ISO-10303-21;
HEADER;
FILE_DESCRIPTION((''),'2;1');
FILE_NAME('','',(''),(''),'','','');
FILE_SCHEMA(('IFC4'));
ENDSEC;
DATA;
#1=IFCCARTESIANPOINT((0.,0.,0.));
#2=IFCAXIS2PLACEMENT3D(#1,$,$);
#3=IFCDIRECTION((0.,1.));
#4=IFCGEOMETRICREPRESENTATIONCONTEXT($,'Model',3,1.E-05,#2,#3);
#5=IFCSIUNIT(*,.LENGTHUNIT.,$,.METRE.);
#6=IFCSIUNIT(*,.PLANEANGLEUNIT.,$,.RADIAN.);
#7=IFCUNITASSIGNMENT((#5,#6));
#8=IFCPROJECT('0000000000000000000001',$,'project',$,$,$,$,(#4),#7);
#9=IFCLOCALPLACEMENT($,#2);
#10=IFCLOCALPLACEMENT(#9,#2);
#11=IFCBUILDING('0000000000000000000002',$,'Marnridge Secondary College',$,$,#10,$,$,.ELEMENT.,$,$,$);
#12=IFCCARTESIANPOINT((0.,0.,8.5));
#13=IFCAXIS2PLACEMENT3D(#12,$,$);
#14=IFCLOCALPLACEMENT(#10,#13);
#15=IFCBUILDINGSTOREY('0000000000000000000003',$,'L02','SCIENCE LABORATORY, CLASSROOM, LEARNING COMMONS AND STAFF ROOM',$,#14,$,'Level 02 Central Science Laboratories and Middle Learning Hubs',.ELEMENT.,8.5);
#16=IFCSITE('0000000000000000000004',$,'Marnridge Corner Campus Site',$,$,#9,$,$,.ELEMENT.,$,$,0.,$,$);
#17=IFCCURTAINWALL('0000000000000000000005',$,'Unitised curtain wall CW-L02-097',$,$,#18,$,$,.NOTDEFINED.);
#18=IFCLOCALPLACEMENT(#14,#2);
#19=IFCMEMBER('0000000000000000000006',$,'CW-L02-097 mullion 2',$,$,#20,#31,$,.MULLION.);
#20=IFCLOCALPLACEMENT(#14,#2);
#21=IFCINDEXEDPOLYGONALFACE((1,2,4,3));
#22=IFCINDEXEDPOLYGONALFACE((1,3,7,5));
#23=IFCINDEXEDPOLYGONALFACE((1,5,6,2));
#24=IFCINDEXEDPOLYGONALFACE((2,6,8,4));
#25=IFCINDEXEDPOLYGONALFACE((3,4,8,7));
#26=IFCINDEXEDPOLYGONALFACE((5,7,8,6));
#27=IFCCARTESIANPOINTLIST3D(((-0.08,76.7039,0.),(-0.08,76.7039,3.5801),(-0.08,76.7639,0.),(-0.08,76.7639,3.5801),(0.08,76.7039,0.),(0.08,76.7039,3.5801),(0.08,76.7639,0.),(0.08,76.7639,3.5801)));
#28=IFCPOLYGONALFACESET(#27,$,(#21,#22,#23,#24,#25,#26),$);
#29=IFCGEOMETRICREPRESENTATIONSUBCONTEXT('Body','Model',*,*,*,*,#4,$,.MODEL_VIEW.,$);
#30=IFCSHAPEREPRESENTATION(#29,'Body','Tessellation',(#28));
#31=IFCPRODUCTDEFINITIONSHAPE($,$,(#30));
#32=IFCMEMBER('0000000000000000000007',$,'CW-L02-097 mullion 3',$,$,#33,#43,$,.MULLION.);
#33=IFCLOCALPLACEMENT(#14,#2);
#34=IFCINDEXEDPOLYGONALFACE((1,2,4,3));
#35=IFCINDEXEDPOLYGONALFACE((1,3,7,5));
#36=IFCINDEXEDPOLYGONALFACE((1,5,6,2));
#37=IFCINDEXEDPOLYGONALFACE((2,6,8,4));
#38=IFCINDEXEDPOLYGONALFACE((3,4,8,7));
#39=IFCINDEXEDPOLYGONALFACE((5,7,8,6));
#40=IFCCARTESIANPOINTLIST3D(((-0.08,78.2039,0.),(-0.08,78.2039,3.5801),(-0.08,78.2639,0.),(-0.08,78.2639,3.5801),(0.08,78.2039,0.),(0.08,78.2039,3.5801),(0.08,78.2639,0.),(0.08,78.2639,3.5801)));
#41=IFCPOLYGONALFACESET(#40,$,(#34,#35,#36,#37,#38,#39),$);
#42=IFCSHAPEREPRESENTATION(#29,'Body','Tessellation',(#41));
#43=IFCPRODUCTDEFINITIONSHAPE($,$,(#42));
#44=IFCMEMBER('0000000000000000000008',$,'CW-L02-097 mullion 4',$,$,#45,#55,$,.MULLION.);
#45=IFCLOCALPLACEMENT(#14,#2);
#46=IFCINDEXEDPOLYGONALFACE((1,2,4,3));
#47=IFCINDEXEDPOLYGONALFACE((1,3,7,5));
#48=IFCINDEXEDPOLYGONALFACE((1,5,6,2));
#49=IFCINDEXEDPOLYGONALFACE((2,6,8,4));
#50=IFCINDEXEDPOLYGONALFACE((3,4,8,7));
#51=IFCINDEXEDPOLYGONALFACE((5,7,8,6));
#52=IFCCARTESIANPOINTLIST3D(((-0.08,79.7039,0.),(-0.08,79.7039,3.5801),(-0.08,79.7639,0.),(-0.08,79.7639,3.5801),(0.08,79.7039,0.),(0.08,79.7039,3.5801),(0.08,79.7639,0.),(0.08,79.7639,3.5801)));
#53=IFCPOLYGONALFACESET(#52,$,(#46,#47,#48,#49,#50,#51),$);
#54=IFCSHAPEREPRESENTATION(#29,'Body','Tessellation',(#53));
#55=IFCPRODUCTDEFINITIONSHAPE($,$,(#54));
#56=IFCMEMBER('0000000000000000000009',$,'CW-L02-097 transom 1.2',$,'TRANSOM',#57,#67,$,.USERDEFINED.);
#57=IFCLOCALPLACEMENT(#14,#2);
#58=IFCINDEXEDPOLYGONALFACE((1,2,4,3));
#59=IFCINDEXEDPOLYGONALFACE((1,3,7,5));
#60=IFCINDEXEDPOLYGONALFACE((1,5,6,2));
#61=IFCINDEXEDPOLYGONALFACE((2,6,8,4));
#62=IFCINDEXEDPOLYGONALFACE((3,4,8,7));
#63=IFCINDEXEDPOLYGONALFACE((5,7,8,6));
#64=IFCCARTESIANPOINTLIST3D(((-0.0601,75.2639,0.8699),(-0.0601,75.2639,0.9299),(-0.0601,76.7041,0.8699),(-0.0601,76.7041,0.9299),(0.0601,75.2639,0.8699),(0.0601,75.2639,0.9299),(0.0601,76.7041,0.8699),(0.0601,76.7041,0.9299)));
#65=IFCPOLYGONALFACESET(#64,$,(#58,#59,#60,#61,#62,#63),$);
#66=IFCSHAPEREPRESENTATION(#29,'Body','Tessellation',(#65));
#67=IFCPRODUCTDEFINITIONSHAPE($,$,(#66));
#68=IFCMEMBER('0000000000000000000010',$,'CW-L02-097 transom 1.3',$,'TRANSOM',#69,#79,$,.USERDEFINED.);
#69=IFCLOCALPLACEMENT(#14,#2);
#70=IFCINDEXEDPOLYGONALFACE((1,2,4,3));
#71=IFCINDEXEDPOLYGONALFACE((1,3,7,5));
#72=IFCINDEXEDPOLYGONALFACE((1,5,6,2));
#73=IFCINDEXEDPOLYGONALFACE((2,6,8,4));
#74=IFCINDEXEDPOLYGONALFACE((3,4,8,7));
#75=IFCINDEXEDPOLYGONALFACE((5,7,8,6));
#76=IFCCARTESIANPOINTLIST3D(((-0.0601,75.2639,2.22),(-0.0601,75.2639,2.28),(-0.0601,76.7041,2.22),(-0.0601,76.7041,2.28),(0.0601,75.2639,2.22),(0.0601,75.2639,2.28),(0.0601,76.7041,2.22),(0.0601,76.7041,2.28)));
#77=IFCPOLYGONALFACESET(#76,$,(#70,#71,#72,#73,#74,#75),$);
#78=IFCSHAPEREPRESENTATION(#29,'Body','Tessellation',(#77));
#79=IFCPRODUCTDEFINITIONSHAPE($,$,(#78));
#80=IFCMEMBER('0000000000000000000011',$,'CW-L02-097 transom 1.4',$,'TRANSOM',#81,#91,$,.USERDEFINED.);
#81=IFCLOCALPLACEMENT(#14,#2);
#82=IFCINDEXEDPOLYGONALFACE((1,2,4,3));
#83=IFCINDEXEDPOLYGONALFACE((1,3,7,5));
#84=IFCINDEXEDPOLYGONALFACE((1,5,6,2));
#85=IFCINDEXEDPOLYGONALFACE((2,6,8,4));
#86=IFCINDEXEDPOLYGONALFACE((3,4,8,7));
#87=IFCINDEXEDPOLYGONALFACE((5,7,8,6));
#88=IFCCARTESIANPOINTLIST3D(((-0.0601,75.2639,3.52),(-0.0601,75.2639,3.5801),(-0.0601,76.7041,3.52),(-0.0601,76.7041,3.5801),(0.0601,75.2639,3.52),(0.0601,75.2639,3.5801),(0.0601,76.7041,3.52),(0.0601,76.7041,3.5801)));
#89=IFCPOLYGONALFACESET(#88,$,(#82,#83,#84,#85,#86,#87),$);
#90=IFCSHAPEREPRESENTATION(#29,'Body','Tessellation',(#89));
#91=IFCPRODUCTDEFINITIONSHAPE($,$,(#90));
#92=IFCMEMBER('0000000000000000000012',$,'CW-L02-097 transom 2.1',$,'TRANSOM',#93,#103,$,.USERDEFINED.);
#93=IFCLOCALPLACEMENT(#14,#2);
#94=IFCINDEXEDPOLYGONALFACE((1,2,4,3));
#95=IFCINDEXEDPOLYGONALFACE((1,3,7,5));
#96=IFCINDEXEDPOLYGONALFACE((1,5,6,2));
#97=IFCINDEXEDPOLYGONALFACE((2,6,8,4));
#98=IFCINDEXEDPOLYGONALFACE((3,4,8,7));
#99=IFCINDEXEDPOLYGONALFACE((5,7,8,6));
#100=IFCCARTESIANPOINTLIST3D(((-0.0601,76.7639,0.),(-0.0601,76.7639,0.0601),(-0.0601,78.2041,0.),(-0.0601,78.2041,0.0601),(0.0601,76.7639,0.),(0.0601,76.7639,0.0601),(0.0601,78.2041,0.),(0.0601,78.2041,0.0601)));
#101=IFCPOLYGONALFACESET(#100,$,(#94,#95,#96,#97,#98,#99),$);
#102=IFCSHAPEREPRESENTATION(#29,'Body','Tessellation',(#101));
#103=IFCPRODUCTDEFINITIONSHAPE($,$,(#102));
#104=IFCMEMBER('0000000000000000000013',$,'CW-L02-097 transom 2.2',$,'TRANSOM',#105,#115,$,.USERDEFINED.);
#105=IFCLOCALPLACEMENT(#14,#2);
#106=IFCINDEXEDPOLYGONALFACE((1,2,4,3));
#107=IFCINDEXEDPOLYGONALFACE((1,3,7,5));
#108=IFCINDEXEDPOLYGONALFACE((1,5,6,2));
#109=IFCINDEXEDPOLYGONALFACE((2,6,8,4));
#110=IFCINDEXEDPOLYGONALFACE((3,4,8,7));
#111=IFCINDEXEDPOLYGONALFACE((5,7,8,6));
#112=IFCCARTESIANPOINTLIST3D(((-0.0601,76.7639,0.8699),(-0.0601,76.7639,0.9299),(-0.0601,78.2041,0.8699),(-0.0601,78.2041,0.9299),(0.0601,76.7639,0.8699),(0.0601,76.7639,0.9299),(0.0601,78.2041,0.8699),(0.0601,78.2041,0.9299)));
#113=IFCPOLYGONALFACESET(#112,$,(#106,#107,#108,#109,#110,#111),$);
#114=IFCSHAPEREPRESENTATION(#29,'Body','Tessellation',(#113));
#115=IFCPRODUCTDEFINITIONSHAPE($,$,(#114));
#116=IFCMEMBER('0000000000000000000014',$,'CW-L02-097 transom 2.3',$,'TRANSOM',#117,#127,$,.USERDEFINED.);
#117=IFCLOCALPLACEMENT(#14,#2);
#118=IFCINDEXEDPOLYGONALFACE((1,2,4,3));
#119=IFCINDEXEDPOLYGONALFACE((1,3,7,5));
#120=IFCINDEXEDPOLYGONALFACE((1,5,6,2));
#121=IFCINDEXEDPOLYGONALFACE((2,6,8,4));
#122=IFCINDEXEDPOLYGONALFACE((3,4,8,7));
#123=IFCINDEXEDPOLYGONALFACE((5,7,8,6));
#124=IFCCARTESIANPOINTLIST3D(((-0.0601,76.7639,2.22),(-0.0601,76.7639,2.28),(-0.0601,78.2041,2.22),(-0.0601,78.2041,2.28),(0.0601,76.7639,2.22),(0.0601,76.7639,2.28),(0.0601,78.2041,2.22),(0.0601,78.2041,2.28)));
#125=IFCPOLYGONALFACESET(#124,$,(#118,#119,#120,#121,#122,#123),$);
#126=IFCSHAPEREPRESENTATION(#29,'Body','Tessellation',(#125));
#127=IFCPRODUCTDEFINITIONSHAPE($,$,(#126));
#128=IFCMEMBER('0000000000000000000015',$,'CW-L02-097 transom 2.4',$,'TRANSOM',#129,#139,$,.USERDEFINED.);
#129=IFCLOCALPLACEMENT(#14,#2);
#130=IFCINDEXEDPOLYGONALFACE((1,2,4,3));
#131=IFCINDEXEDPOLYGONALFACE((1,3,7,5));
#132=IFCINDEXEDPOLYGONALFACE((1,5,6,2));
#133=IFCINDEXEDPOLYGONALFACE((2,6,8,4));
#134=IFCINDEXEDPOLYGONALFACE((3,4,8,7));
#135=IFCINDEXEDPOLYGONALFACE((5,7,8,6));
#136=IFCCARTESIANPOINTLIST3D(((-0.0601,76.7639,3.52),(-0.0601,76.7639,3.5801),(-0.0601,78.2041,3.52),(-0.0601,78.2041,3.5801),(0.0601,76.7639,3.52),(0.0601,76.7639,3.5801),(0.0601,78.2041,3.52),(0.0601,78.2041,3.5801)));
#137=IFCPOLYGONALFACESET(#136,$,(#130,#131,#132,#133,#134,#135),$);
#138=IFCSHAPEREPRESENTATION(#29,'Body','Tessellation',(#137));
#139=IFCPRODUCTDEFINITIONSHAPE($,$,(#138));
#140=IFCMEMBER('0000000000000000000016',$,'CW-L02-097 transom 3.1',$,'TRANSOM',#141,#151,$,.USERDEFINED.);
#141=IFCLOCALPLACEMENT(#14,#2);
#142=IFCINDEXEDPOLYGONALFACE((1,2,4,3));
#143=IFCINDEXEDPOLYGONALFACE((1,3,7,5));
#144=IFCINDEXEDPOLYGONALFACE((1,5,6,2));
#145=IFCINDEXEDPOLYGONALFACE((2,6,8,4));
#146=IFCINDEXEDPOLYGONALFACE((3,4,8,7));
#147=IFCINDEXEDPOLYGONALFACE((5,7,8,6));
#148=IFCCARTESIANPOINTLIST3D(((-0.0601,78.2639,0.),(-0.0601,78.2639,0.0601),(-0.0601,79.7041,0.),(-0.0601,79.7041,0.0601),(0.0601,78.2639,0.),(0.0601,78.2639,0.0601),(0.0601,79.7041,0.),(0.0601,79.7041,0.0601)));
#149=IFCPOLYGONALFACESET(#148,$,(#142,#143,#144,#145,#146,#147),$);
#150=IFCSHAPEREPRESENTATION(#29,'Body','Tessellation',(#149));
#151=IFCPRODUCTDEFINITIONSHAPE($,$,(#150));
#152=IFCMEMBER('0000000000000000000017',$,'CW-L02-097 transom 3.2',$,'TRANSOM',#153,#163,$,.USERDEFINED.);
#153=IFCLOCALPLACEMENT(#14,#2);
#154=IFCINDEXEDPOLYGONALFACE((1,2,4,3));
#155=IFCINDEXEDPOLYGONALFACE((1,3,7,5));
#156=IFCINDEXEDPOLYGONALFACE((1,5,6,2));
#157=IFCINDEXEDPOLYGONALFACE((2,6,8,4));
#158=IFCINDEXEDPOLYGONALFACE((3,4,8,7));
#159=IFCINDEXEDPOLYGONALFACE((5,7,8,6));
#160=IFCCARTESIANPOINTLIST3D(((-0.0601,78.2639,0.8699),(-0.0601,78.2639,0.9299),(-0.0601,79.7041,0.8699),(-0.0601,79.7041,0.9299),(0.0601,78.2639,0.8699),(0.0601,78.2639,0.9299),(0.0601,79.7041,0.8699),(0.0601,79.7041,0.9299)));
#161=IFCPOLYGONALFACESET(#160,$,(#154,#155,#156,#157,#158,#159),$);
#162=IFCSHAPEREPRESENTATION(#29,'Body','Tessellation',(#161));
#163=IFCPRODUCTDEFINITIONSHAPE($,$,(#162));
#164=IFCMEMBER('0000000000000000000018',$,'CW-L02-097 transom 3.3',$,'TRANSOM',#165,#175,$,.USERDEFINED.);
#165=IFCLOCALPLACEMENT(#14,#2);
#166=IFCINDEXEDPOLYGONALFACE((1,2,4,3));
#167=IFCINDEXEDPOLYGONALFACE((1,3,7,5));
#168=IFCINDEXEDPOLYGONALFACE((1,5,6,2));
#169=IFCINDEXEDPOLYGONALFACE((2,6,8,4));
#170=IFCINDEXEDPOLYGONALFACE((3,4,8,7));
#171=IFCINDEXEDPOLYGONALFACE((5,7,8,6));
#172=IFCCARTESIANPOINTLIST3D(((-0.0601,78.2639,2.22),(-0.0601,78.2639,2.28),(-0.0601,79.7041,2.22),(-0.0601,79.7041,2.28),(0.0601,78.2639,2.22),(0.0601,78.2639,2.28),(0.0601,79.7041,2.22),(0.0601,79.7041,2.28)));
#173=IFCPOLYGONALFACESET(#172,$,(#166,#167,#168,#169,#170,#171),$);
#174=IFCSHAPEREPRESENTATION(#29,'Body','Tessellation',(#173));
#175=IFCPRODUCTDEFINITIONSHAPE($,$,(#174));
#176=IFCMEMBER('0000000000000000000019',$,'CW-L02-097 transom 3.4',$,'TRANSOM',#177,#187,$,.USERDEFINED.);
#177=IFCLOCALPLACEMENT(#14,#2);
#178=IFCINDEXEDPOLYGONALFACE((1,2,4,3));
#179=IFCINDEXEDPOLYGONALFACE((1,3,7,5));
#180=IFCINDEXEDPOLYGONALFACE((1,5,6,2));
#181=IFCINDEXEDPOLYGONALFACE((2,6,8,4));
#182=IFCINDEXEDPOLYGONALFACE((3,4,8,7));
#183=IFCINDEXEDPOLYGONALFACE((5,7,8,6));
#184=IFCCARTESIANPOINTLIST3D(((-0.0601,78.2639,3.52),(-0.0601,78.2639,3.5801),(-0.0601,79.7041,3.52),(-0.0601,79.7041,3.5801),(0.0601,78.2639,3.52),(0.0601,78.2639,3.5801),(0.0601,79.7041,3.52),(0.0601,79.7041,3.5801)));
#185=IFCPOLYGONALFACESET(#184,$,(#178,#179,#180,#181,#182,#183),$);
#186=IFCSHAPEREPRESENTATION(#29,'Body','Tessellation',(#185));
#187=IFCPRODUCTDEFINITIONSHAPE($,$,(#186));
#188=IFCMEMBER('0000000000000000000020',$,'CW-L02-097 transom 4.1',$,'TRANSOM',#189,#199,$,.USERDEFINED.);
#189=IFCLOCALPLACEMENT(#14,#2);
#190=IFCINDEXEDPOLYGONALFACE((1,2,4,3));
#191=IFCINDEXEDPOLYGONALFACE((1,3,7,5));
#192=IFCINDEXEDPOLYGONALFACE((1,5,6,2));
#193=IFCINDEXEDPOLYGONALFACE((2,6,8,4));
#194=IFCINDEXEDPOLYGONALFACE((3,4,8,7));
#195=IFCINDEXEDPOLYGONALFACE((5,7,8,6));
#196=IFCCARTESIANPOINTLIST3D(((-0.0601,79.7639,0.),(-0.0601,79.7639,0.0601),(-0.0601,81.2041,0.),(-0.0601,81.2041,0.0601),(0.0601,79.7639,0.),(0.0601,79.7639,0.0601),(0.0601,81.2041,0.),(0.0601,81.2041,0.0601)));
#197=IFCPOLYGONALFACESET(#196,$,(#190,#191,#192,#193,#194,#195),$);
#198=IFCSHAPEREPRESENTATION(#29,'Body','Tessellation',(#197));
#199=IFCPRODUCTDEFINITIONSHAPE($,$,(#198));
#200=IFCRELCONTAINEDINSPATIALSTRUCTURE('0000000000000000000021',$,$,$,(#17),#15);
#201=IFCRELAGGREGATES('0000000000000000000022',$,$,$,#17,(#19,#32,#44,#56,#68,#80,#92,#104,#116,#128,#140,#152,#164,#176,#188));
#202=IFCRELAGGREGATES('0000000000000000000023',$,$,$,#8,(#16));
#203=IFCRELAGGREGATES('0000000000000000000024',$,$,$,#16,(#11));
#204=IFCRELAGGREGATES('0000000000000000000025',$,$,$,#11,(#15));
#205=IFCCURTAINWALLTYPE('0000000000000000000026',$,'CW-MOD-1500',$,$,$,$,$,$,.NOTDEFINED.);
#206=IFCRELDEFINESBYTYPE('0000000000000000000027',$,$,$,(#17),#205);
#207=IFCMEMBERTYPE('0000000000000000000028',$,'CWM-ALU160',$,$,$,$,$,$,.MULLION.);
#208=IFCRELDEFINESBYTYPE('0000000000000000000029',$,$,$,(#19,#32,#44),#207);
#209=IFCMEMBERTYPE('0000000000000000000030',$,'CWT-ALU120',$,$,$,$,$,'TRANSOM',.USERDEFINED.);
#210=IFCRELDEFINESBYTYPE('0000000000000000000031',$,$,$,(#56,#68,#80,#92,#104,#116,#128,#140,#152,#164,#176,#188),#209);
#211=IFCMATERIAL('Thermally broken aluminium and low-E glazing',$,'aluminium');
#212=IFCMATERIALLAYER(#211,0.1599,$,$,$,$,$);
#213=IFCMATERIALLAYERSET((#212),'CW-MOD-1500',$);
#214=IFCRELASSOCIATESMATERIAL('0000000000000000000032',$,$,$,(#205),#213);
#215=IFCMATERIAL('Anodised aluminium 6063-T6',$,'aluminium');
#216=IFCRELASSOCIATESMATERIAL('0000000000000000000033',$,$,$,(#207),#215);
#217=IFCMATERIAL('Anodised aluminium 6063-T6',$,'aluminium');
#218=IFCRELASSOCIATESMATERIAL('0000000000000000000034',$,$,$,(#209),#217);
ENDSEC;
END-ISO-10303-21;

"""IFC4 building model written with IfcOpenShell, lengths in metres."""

from ifc_helpers import new_model, si_unit, direction, frame, origin, origin_2d, place, context, subcontext, project, spatial, rectangle, extrude, material, layer, layer_set, material_profile, profile_set, type_object, element, aggregate, save


model = new_model("IFC4")

# Units and contexts
model_context = context("Model", 3, precision=1e-05, world=origin(), true_north=direction((0.0, 1.0)))
body_context = subcontext(model_context, "Body", "Model", "MODEL_VIEW")
ifc_project = project(units=[si_unit("LENGTHUNIT", "METRE"), si_unit("PLANEANGLEUNIT", "RADIAN")], contexts=[model_context])

# Site, building, storey
site_placement = place(None, origin())
site = spatial("IfcSite", under=ifc_project, at=site_placement, Name="Marnridge Corner Campus Site", CompositionType="ELEMENT", RefElevation=0.0)
building_placement = place(site_placement, origin())
building = spatial("IfcBuilding", under=site, at=building_placement, Name="Marnridge Secondary College", CompositionType="ELEMENT")
storey_placement = place(building_placement, frame((0.0, 0.0, 8.5)))
storey = spatial("IfcBuildingStorey", under=building, at=storey_placement, Name="L02", Description="SCIENCE LABORATORY, CLASSROOM, LEARNING COMMONS AND STAFF ROOM", LongName="Level 02 Central Science Laboratories and Middle Learning Hubs", CompositionType="ELEMENT", Elevation=8.5)

# Curtain wall, members
ifc_material_1 = material(Name="Thermally broken aluminium and low-E glazing", Category="aluminium")
ifc_layer_1 = layer(ifc_material_1, 0.1599)
ifc_layer_set_1 = layer_set([ifc_layer_1], Name="CW-MOD-1500")
curtain_wall_type = type_object("IfcCurtainWallType", Name="CW-MOD-1500", PredefinedType="NOTDEFINED", material=ifc_layer_set_1)
curtain_wall_placement = place(storey_placement, origin())
curtain_wall = element("IfcCurtainWall", 1, at=curtain_wall_placement, inside=storey, type_object=curtain_wall_type, Name="Unitised curtain wall CW-L02-097", PredefinedType="NOTDEFINED")
ifc_material_2 = material(Name="Anodised aluminium 6063-T6", Category="aluminium")
ifc_material_profile_1 = material_profile(ifc_material_2, rectangle(XDim=0.0601, YDim=0.1599, at=origin_2d()), Name="ALU 60x160")
ifc_profile_set_1 = profile_set([ifc_material_profile_1], Name="Anodised aluminium 6063-T6")
member_type_1 = type_object("IfcMemberType", Name="CWM-ALU160", PredefinedType="MULLION", material=ifc_profile_set_1)
member_1_placement = place(storey_placement, frame((0.0, 76.7339, 0.0), z_axis=(0.0, 0.0, 1.0), x_axis=(0.0, 1.0, 0.0)))
member_1 = element("IfcMember", 2, at=member_1_placement, type_object=member_type_1, Name="CW-L02-097 mullion 2", PredefinedType="MULLION", context=body_context, shape_type="SweptSolid", body=[
    extrude(rectangle(XDim=0.0601, YDim=0.1599, at=origin_2d()), origin(), (0.0, 0.0, 1.0), 3.5801),
])
member_2_placement = place(storey_placement, frame((0.0, 78.2339, 0.0), z_axis=(0.0, 0.0, 1.0), x_axis=(0.0, 1.0, 0.0)))
member_2 = element("IfcMember", 3, at=member_2_placement, type_object=member_type_1, Name="CW-L02-097 mullion 3", PredefinedType="MULLION", context=body_context, shape_type="SweptSolid", body=[
    extrude(rectangle(XDim=0.0601, YDim=0.1599, at=origin_2d()), origin(), (0.0, 0.0, 1.0), 3.5801),
])
member_3_placement = place(storey_placement, frame((0.0, 79.7339, 0.0), z_axis=(0.0, 0.0, 1.0), x_axis=(0.0, 1.0, 0.0)))
member_3 = element("IfcMember", 4, at=member_3_placement, type_object=member_type_1, Name="CW-L02-097 mullion 4", PredefinedType="MULLION", context=body_context, shape_type="SweptSolid", body=[
    extrude(rectangle(XDim=0.0601, YDim=0.1599, at=origin_2d()), origin(), (0.0, 0.0, 1.0), 3.5801),
])
ifc_material_3 = material(Name="Anodised aluminium 6063-T6", Category="aluminium")
ifc_material_profile_2 = material_profile(ifc_material_3, rectangle(XDim=0.0601, YDim=0.1201, at=origin_2d()), Name="ALU 60x120")
ifc_profile_set_2 = profile_set([ifc_material_profile_2], Name="Anodised aluminium 6063-T6")
member_type_2 = type_object("IfcMemberType", Name="CWT-ALU120", ElementType="TRANSOM", PredefinedType="USERDEFINED", material=ifc_profile_set_2)
member_4_placement = place(storey_placement, frame((0.0, 75.2639, 0.8999), z_axis=(0.0, 1.0, 0.0), x_axis=(0.0, 0.0, 1.0)))
member_4 = element("IfcMember", 5, at=member_4_placement, type_object=member_type_2, Name="CW-L02-097 transom 1.2", ObjectType="TRANSOM", PredefinedType="USERDEFINED", context=body_context, shape_type="SweptSolid", body=[
    extrude(rectangle(XDim=0.0601, YDim=0.1201, at=origin_2d()), origin(), (0.0, 0.0, 1.0), 1.4402),
])
member_5_placement = place(storey_placement, frame((0.0, 75.2639, 2.25), z_axis=(0.0, 1.0, 0.0), x_axis=(0.0, 0.0, 1.0)))
member_5 = element("IfcMember", 6, at=member_5_placement, type_object=member_type_2, Name="CW-L02-097 transom 1.3", ObjectType="TRANSOM", PredefinedType="USERDEFINED", context=body_context, shape_type="SweptSolid", body=[
    extrude(rectangle(XDim=0.0601, YDim=0.1201, at=origin_2d()), origin(), (0.0, 0.0, 1.0), 1.4402),
])
member_6_placement = place(storey_placement, frame((0.0, 75.2639, 3.55), z_axis=(0.0, 1.0, 0.0), x_axis=(0.0, 0.0, 1.0)))
member_6 = element("IfcMember", 7, at=member_6_placement, type_object=member_type_2, Name="CW-L02-097 transom 1.4", ObjectType="TRANSOM", PredefinedType="USERDEFINED", context=body_context, shape_type="SweptSolid", body=[
    extrude(rectangle(XDim=0.0601, YDim=0.1201, at=origin_2d()), origin(), (0.0, 0.0, 1.0), 1.4402),
])
member_7_placement = place(storey_placement, frame((0.0, 76.7639, 0.03), z_axis=(0.0, 1.0, 0.0), x_axis=(0.0, 0.0, 1.0)))
member_7 = element("IfcMember", 8, at=member_7_placement, type_object=member_type_2, Name="CW-L02-097 transom 2.1", ObjectType="TRANSOM", PredefinedType="USERDEFINED", context=body_context, shape_type="SweptSolid", body=[
    extrude(rectangle(XDim=0.0601, YDim=0.1201, at=origin_2d()), origin(), (0.0, 0.0, 1.0), 1.4402),
])
member_8_placement = place(storey_placement, frame((0.0, 76.7639, 0.8999), z_axis=(0.0, 1.0, 0.0), x_axis=(0.0, 0.0, 1.0)))
member_8 = element("IfcMember", 9, at=member_8_placement, type_object=member_type_2, Name="CW-L02-097 transom 2.2", ObjectType="TRANSOM", PredefinedType="USERDEFINED", context=body_context, shape_type="SweptSolid", body=[
    extrude(rectangle(XDim=0.0601, YDim=0.1201, at=origin_2d()), origin(), (0.0, 0.0, 1.0), 1.4402),
])
member_9_placement = place(storey_placement, frame((0.0, 76.7639, 2.25), z_axis=(0.0, 1.0, 0.0), x_axis=(0.0, 0.0, 1.0)))
member_9 = element("IfcMember", 10, at=member_9_placement, type_object=member_type_2, Name="CW-L02-097 transom 2.3", ObjectType="TRANSOM", PredefinedType="USERDEFINED", context=body_context, shape_type="SweptSolid", body=[
    extrude(rectangle(XDim=0.0601, YDim=0.1201, at=origin_2d()), origin(), (0.0, 0.0, 1.0), 1.4402),
])
member_10_placement = place(storey_placement, frame((0.0, 76.7639, 3.55), z_axis=(0.0, 1.0, 0.0), x_axis=(0.0, 0.0, 1.0)))
member_10 = element("IfcMember", 11, at=member_10_placement, type_object=member_type_2, Name="CW-L02-097 transom 2.4", ObjectType="TRANSOM", PredefinedType="USERDEFINED", context=body_context, shape_type="SweptSolid", body=[
    extrude(rectangle(XDim=0.0601, YDim=0.1201, at=origin_2d()), origin(), (0.0, 0.0, 1.0), 1.4402),
])
member_11_placement = place(storey_placement, frame((0.0, 78.2639, 0.03), z_axis=(0.0, 1.0, 0.0), x_axis=(0.0, 0.0, 1.0)))
member_11 = element("IfcMember", 12, at=member_11_placement, type_object=member_type_2, Name="CW-L02-097 transom 3.1", ObjectType="TRANSOM", PredefinedType="USERDEFINED", context=body_context, shape_type="SweptSolid", body=[
    extrude(rectangle(XDim=0.0601, YDim=0.1201, at=origin_2d()), origin(), (0.0, 0.0, 1.0), 1.4402),
])
member_12_placement = place(storey_placement, frame((0.0, 78.2639, 0.8999), z_axis=(0.0, 1.0, 0.0), x_axis=(0.0, 0.0, 1.0)))
member_12 = element("IfcMember", 13, at=member_12_placement, type_object=member_type_2, Name="CW-L02-097 transom 3.2", ObjectType="TRANSOM", PredefinedType="USERDEFINED", context=body_context, shape_type="SweptSolid", body=[
    extrude(rectangle(XDim=0.0601, YDim=0.1201, at=origin_2d()), origin(), (0.0, 0.0, 1.0), 1.4402),
])
member_13_placement = place(storey_placement, frame((0.0, 78.2639, 2.25), z_axis=(0.0, 1.0, 0.0), x_axis=(0.0, 0.0, 1.0)))
member_13 = element("IfcMember", 14, at=member_13_placement, type_object=member_type_2, Name="CW-L02-097 transom 3.3", ObjectType="TRANSOM", PredefinedType="USERDEFINED", context=body_context, shape_type="SweptSolid", body=[
    extrude(rectangle(XDim=0.0601, YDim=0.1201, at=origin_2d()), origin(), (0.0, 0.0, 1.0), 1.4402),
])
member_14_placement = place(storey_placement, frame((0.0, 78.2639, 3.55), z_axis=(0.0, 1.0, 0.0), x_axis=(0.0, 0.0, 1.0)))
member_14 = element("IfcMember", 15, at=member_14_placement, type_object=member_type_2, Name="CW-L02-097 transom 3.4", ObjectType="TRANSOM", PredefinedType="USERDEFINED", context=body_context, shape_type="SweptSolid", body=[
    extrude(rectangle(XDim=0.0601, YDim=0.1201, at=origin_2d()), origin(), (0.0, 0.0, 1.0), 1.4402),
])
member_15_placement = place(storey_placement, frame((0.0, 79.7639, 0.03), z_axis=(0.0, 1.0, 0.0), x_axis=(0.0, 0.0, 1.0)))
member_15 = element("IfcMember", 16, at=member_15_placement, type_object=member_type_2, Name="CW-L02-097 transom 4.1", ObjectType="TRANSOM", PredefinedType="USERDEFINED", context=body_context, shape_type="SweptSolid", body=[
    extrude(rectangle(XDim=0.0601, YDim=0.1201, at=origin_2d()), origin(), (0.0, 0.0, 1.0), 1.4402),
])
aggregate(curtain_wall, [member_1, member_2, member_3, member_4, member_5, member_6, member_7, member_8, member_9, member_10, member_11, member_12, member_13, member_14, member_15])

save(model, "model.ifc")
